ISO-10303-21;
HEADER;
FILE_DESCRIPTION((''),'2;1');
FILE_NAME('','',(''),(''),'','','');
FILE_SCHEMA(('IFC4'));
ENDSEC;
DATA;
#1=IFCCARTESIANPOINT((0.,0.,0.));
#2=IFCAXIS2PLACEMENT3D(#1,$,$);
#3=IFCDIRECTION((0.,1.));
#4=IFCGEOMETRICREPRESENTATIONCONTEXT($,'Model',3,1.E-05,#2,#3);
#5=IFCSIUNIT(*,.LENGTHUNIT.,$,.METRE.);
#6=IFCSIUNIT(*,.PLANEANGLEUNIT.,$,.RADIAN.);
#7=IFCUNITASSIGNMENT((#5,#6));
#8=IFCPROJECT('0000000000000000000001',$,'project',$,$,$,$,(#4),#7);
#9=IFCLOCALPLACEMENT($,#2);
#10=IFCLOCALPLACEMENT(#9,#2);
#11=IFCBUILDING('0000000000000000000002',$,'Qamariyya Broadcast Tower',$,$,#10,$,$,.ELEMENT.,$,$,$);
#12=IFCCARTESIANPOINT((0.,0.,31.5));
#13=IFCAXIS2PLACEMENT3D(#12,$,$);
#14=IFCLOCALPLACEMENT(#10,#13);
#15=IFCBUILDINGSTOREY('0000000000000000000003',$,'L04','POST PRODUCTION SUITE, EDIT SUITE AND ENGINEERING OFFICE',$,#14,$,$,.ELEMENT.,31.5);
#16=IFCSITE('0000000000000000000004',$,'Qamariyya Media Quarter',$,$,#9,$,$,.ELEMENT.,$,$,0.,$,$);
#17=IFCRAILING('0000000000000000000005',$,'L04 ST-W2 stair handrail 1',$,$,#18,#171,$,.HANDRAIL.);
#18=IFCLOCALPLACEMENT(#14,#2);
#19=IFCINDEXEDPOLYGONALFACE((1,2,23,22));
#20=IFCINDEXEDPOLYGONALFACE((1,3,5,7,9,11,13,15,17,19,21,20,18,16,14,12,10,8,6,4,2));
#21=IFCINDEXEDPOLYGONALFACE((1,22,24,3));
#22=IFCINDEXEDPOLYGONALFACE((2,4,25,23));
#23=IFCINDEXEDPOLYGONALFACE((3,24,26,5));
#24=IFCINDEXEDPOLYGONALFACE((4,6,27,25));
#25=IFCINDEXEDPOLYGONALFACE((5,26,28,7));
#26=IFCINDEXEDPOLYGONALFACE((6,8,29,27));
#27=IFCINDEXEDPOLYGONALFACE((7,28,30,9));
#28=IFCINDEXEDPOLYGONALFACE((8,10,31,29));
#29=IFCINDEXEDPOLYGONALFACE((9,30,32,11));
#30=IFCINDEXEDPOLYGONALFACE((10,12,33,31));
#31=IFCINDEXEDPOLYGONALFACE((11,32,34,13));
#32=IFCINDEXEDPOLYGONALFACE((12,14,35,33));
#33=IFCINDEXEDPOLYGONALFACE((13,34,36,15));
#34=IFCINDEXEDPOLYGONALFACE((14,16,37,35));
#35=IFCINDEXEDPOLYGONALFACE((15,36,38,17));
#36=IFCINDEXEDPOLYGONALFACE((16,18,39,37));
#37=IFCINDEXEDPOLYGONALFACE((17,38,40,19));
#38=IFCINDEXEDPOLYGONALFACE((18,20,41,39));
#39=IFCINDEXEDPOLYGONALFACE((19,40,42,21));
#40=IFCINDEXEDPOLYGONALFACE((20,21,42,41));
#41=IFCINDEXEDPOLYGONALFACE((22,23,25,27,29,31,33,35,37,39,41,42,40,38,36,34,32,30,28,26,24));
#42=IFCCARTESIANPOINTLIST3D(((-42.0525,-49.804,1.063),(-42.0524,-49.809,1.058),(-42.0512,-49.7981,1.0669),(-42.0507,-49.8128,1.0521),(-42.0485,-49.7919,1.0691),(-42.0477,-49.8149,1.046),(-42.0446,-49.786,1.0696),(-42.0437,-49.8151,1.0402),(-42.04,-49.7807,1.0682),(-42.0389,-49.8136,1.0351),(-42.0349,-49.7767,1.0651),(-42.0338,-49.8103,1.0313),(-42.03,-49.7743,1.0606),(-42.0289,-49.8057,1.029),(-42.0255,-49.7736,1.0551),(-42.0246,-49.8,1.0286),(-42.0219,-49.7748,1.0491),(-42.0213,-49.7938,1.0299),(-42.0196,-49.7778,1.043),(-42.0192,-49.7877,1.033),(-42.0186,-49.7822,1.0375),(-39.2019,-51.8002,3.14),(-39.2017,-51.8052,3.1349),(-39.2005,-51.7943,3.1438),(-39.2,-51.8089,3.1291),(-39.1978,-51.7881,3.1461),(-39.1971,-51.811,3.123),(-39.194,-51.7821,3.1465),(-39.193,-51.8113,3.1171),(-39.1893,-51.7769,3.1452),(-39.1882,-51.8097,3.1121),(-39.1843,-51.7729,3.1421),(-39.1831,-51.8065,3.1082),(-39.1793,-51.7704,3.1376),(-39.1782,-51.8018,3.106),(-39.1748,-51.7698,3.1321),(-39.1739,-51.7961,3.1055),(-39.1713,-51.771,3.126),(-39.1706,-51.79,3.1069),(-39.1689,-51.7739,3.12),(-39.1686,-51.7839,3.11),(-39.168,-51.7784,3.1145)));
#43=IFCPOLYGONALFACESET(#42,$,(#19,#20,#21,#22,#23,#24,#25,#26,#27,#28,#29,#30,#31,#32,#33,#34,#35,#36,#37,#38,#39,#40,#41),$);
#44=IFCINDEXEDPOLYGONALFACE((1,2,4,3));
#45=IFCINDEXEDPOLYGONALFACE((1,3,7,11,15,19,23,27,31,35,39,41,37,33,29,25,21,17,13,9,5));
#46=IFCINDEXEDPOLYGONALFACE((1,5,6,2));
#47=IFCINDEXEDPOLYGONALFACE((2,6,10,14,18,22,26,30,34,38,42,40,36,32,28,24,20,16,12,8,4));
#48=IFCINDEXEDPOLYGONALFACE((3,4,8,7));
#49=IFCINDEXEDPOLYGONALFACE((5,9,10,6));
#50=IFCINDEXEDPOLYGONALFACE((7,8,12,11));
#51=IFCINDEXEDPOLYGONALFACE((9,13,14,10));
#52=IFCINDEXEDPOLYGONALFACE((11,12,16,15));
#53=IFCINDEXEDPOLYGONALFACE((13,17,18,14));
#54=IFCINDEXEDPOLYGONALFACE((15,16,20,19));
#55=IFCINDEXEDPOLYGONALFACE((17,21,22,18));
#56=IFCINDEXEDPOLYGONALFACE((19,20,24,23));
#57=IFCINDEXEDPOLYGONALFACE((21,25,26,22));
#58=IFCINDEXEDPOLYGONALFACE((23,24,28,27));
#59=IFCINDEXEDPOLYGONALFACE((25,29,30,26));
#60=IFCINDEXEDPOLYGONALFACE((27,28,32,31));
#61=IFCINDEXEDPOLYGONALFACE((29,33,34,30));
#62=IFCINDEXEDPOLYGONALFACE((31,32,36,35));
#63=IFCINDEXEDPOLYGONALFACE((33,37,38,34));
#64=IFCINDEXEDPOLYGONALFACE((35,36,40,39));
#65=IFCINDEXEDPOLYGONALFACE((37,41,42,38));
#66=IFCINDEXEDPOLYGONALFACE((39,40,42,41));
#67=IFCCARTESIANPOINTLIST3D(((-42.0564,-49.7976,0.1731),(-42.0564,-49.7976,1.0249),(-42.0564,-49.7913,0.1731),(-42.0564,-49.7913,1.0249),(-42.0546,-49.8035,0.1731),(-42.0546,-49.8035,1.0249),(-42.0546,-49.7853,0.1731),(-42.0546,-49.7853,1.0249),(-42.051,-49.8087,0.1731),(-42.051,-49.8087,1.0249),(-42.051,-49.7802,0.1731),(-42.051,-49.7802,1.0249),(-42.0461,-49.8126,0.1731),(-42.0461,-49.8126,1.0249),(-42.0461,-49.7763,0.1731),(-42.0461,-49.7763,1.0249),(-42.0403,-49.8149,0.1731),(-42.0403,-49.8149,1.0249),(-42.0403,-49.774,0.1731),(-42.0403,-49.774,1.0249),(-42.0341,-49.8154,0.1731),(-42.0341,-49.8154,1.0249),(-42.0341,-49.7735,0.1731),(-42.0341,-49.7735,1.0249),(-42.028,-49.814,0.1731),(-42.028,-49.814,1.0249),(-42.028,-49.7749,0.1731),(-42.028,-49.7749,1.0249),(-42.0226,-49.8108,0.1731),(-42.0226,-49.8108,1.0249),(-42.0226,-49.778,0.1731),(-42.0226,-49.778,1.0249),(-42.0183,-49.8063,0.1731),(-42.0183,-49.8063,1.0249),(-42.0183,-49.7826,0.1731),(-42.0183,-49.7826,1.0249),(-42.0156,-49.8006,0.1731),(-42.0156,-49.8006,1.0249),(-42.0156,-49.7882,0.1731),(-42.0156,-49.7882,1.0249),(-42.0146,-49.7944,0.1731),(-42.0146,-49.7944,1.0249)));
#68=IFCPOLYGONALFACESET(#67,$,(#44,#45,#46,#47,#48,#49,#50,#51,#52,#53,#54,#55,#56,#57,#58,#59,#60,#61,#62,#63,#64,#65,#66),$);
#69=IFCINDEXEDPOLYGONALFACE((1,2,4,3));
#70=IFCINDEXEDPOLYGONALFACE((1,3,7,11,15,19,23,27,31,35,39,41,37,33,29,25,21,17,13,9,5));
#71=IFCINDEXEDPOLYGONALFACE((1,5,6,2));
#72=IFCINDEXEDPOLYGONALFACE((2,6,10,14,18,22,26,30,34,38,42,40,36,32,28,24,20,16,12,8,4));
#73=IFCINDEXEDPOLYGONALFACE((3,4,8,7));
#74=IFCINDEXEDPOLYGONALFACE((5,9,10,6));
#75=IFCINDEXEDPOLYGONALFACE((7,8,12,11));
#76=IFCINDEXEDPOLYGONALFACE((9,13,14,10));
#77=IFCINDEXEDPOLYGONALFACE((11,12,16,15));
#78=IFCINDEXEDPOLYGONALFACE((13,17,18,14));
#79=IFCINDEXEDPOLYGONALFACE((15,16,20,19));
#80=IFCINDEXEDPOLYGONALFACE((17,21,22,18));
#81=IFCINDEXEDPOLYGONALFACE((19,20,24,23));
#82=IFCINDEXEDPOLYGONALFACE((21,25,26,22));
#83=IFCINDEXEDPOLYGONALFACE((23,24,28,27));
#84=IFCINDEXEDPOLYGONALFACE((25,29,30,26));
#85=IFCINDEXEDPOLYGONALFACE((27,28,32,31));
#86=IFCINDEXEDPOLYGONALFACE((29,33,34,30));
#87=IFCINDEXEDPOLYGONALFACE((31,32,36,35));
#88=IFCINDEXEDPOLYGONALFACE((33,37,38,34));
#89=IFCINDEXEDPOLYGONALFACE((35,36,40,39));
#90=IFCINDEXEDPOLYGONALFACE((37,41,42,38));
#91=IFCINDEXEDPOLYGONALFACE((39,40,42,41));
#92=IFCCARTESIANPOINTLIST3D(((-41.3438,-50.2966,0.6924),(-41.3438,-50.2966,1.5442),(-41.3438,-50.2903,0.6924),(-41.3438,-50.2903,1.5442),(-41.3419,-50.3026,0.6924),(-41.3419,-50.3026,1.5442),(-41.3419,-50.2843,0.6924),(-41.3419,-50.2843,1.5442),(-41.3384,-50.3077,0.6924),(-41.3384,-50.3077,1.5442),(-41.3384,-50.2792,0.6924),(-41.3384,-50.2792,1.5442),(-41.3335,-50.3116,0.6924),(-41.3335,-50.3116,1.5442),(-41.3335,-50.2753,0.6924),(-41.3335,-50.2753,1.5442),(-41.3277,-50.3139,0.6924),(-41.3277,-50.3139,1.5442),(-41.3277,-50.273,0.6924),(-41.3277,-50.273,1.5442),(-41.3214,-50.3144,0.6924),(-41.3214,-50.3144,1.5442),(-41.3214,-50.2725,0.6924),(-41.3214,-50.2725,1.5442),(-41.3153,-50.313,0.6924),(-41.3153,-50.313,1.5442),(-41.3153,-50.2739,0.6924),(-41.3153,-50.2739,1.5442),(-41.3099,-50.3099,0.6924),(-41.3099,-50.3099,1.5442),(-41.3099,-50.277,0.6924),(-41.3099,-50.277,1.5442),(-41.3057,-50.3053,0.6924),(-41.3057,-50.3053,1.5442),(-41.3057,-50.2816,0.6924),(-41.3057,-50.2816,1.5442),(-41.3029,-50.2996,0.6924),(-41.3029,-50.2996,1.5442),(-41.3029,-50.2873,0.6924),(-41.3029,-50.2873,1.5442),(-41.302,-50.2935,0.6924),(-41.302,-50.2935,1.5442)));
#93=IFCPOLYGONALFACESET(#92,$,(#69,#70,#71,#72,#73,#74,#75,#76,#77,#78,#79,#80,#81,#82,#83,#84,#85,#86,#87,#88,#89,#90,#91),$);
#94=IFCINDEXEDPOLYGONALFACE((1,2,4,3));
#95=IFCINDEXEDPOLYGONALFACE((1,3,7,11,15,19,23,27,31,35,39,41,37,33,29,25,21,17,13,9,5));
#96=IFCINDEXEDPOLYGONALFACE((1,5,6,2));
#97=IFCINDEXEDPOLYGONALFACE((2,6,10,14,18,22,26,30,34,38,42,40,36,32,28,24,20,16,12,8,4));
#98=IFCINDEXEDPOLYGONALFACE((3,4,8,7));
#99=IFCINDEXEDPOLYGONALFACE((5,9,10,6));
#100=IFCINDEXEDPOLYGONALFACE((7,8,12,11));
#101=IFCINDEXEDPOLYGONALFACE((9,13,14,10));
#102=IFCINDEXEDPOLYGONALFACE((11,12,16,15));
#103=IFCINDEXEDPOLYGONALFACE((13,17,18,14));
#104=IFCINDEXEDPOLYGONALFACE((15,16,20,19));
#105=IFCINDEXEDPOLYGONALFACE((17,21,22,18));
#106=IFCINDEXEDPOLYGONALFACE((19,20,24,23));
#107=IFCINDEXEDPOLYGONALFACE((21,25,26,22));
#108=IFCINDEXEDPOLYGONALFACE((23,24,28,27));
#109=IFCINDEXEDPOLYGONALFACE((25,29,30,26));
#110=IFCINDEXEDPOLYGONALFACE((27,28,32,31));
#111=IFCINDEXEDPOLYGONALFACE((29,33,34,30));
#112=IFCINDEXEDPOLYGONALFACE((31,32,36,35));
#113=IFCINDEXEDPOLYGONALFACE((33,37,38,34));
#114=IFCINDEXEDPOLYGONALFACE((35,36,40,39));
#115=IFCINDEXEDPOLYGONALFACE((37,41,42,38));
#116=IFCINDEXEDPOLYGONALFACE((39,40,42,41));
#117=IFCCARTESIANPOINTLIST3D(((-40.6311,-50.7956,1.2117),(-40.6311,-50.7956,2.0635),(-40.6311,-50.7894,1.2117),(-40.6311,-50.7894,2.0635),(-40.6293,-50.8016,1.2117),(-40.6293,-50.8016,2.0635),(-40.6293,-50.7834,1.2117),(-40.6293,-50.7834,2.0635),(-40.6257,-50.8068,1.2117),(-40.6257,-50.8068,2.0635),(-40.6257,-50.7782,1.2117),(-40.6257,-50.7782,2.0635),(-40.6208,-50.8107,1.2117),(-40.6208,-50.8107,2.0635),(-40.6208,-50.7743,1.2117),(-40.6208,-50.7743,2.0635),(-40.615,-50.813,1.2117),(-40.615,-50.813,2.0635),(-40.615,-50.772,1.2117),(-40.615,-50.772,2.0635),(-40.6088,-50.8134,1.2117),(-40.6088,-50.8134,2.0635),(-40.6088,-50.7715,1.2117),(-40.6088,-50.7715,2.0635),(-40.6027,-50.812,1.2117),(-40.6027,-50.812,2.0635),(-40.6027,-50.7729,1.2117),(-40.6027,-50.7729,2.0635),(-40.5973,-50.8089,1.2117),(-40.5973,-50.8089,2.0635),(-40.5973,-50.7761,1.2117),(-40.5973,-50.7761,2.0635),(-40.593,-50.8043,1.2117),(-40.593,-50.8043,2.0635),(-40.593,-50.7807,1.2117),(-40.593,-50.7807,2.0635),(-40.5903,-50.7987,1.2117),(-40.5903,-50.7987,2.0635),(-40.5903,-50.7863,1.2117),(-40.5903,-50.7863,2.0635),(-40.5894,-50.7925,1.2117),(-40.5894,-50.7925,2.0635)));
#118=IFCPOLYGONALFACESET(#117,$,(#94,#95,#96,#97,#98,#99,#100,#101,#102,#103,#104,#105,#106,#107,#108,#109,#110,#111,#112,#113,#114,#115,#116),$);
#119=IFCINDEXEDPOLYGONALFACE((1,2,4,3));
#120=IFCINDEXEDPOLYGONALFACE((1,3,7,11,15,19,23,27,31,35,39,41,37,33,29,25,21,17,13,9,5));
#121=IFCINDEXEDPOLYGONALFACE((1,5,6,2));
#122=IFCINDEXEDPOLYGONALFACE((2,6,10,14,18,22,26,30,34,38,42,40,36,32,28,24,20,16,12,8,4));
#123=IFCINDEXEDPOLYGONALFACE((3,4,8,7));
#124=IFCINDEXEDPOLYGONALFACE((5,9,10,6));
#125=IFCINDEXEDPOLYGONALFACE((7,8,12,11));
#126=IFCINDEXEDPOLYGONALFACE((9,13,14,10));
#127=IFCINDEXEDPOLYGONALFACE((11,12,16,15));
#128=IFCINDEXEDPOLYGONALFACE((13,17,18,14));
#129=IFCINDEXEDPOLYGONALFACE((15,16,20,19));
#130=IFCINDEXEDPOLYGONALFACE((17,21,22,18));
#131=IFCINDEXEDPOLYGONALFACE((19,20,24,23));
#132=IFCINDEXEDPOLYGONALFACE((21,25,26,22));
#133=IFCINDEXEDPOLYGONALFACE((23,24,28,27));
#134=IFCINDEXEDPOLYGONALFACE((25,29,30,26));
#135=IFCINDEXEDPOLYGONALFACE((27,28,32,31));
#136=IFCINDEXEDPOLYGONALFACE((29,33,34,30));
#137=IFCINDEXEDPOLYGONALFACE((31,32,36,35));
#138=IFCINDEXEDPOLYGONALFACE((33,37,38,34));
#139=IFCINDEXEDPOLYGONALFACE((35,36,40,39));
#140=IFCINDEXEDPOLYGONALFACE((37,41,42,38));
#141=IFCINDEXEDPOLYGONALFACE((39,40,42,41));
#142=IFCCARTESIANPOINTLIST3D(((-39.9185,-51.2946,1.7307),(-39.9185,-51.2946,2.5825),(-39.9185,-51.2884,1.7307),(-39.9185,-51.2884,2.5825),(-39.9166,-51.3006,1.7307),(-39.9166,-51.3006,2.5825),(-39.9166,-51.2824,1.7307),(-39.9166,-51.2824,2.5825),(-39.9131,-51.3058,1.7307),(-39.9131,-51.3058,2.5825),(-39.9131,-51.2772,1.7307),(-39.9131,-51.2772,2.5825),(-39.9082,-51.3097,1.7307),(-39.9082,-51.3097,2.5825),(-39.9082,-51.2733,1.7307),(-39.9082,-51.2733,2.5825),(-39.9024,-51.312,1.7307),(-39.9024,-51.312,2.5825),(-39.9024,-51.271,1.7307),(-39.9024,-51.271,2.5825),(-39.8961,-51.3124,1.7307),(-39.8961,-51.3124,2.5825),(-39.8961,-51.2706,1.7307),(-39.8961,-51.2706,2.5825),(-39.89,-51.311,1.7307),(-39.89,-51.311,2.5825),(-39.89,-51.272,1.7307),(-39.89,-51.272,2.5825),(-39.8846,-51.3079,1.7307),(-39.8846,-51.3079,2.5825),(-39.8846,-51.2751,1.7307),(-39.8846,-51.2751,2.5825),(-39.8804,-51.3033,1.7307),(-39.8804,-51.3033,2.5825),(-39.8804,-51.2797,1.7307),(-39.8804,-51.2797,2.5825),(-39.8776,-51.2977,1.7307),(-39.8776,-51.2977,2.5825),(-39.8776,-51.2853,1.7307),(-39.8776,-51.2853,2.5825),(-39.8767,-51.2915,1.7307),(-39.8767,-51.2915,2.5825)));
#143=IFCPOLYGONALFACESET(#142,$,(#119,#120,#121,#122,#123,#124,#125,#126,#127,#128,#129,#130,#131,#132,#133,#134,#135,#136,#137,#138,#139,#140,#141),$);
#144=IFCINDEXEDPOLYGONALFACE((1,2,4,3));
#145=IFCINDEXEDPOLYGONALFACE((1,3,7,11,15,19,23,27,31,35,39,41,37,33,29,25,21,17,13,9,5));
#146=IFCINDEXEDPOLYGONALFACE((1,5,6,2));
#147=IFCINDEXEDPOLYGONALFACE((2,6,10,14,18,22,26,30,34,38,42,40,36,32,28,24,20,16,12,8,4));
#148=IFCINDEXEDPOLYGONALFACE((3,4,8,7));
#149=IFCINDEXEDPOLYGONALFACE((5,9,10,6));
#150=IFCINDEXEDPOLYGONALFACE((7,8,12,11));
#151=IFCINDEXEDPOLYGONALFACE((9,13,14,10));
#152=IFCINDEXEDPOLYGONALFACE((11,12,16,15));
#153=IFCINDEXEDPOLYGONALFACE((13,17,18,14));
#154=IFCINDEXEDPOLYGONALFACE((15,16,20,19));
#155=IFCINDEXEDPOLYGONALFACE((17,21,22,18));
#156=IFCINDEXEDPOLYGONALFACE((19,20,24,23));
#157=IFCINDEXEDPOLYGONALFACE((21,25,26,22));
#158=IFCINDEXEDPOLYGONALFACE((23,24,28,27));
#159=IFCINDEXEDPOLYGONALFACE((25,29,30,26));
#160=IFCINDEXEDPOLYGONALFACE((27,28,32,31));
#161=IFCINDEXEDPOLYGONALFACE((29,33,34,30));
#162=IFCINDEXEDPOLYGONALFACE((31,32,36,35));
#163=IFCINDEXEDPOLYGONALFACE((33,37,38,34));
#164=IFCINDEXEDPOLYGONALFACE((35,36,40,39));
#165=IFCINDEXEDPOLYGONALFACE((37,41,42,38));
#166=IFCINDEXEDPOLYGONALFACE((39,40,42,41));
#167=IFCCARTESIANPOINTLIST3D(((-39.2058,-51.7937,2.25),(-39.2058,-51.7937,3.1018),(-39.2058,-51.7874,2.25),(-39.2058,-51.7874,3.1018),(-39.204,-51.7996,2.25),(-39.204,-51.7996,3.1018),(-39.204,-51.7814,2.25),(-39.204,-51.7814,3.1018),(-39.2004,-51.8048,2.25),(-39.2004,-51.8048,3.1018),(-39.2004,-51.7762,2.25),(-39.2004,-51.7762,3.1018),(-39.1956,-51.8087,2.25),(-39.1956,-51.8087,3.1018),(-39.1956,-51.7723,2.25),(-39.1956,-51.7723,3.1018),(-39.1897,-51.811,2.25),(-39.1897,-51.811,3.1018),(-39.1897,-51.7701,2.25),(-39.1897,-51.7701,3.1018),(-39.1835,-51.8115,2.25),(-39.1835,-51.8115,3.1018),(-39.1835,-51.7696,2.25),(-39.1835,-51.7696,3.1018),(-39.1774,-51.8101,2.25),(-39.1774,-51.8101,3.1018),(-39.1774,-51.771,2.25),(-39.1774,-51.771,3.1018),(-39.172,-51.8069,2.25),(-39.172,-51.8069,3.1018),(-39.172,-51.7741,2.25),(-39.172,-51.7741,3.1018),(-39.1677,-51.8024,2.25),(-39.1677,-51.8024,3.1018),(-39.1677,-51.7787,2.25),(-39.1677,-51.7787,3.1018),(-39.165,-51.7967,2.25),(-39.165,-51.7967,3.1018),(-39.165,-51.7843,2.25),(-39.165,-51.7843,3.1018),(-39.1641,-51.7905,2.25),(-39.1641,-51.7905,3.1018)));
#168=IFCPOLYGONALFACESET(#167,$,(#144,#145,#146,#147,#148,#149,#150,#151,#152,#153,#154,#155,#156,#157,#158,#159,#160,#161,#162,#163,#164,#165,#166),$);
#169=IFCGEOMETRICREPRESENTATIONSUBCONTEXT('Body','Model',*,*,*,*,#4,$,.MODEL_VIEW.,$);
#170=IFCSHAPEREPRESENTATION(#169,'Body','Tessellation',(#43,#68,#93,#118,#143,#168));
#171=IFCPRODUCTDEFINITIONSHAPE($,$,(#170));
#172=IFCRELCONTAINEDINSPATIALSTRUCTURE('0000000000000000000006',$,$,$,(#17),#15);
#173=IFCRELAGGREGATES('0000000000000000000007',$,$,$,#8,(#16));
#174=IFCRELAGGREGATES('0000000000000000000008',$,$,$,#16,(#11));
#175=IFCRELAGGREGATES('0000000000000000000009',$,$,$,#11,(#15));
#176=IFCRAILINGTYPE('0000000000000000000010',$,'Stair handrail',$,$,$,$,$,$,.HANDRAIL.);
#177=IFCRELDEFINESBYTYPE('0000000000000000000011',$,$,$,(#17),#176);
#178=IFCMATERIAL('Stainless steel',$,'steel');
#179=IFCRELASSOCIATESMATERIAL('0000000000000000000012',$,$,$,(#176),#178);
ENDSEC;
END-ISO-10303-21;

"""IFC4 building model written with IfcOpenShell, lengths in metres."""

from ifc_helpers import new_model, si_unit, direction, frame, origin, origin_2d, place, context, subcontext, project, spatial, circle, extrude, material, type_object, element, save


model = new_model("IFC4")

# Units and contexts
model_context = context("Model", 3, precision=1e-05, world=origin(), true_north=direction((0.0, 1.0)))
body_context = subcontext(model_context, "Body", "Model", "MODEL_VIEW")
ifc_project = project(units=[si_unit("LENGTHUNIT", "METRE"), si_unit("PLANEANGLEUNIT", "RADIAN")], contexts=[model_context])

# Site, building, storey
site_placement = place(None, origin())
site = spatial("IfcSite", under=ifc_project, at=site_placement, Name="Qamariyya Media Quarter", CompositionType="ELEMENT", RefElevation=0.0)
building_placement = place(site_placement, origin())
building = spatial("IfcBuilding", under=site, at=building_placement, Name="Qamariyya Broadcast Tower", CompositionType="ELEMENT")
storey_placement = place(building_placement, frame((0.0, 0.0, 31.5)))
storey = spatial("IfcBuildingStorey", under=building, at=storey_placement, Name="L04", Description="POST PRODUCTION SUITE, EDIT SUITE AND ENGINEERING OFFICE", CompositionType="ELEMENT", Elevation=31.5)

# Railing
ifc_material_1 = material(Name="Stainless steel", Category="steel")
railing_type = type_object("IfcRailingType", Name="Stair handrail", PredefinedType="HANDRAIL", material=ifc_material_1)
railing_placement = place(storey_placement, frame((-42.0356, -49.7944, 0.1731)))
element("IfcRailing", 1, at=railing_placement, inside=storey, type_object=railing_type, Name="L04 ST-W2 stair handrail 1", PredefinedType="HANDRAIL", context=body_context, shape_type="SweptSolid", body=[
    extrude(circle(Radius=0.0239, at=origin_2d()), frame((0.0, 0.0, 0.876), z_axis=(0.703393, -0.492544, 0.512484), x_axis=(0.573594, 0.81914, 0.0)), (0.0, 0.0, 1.0), 4.0527),
    extrude(circle(Radius=0.021, at=origin_2d()), origin(), (0.0, 0.0, 1.0), 0.8518),
    extrude(circle(Radius=0.021, at=origin_2d()), frame((0.7126, -0.499, 0.5193)), (0.0, 0.0, 1.0), 0.8518),
    extrude(circle(Radius=0.021, at=origin_2d()), frame((1.4253, -0.998, 1.0386)), (0.0, 0.0, 1.0), 0.8518),
    extrude(circle(Radius=0.021, at=origin_2d()), frame((2.1379, -1.4971, 1.5576)), (0.0, 0.0, 1.0), 0.8518),
    extrude(circle(Radius=0.021, at=origin_2d()), frame((2.8506, -1.9961, 2.0769)), (0.0, 0.0, 1.0), 0.8518),
])

save(model, "model.ifc")
